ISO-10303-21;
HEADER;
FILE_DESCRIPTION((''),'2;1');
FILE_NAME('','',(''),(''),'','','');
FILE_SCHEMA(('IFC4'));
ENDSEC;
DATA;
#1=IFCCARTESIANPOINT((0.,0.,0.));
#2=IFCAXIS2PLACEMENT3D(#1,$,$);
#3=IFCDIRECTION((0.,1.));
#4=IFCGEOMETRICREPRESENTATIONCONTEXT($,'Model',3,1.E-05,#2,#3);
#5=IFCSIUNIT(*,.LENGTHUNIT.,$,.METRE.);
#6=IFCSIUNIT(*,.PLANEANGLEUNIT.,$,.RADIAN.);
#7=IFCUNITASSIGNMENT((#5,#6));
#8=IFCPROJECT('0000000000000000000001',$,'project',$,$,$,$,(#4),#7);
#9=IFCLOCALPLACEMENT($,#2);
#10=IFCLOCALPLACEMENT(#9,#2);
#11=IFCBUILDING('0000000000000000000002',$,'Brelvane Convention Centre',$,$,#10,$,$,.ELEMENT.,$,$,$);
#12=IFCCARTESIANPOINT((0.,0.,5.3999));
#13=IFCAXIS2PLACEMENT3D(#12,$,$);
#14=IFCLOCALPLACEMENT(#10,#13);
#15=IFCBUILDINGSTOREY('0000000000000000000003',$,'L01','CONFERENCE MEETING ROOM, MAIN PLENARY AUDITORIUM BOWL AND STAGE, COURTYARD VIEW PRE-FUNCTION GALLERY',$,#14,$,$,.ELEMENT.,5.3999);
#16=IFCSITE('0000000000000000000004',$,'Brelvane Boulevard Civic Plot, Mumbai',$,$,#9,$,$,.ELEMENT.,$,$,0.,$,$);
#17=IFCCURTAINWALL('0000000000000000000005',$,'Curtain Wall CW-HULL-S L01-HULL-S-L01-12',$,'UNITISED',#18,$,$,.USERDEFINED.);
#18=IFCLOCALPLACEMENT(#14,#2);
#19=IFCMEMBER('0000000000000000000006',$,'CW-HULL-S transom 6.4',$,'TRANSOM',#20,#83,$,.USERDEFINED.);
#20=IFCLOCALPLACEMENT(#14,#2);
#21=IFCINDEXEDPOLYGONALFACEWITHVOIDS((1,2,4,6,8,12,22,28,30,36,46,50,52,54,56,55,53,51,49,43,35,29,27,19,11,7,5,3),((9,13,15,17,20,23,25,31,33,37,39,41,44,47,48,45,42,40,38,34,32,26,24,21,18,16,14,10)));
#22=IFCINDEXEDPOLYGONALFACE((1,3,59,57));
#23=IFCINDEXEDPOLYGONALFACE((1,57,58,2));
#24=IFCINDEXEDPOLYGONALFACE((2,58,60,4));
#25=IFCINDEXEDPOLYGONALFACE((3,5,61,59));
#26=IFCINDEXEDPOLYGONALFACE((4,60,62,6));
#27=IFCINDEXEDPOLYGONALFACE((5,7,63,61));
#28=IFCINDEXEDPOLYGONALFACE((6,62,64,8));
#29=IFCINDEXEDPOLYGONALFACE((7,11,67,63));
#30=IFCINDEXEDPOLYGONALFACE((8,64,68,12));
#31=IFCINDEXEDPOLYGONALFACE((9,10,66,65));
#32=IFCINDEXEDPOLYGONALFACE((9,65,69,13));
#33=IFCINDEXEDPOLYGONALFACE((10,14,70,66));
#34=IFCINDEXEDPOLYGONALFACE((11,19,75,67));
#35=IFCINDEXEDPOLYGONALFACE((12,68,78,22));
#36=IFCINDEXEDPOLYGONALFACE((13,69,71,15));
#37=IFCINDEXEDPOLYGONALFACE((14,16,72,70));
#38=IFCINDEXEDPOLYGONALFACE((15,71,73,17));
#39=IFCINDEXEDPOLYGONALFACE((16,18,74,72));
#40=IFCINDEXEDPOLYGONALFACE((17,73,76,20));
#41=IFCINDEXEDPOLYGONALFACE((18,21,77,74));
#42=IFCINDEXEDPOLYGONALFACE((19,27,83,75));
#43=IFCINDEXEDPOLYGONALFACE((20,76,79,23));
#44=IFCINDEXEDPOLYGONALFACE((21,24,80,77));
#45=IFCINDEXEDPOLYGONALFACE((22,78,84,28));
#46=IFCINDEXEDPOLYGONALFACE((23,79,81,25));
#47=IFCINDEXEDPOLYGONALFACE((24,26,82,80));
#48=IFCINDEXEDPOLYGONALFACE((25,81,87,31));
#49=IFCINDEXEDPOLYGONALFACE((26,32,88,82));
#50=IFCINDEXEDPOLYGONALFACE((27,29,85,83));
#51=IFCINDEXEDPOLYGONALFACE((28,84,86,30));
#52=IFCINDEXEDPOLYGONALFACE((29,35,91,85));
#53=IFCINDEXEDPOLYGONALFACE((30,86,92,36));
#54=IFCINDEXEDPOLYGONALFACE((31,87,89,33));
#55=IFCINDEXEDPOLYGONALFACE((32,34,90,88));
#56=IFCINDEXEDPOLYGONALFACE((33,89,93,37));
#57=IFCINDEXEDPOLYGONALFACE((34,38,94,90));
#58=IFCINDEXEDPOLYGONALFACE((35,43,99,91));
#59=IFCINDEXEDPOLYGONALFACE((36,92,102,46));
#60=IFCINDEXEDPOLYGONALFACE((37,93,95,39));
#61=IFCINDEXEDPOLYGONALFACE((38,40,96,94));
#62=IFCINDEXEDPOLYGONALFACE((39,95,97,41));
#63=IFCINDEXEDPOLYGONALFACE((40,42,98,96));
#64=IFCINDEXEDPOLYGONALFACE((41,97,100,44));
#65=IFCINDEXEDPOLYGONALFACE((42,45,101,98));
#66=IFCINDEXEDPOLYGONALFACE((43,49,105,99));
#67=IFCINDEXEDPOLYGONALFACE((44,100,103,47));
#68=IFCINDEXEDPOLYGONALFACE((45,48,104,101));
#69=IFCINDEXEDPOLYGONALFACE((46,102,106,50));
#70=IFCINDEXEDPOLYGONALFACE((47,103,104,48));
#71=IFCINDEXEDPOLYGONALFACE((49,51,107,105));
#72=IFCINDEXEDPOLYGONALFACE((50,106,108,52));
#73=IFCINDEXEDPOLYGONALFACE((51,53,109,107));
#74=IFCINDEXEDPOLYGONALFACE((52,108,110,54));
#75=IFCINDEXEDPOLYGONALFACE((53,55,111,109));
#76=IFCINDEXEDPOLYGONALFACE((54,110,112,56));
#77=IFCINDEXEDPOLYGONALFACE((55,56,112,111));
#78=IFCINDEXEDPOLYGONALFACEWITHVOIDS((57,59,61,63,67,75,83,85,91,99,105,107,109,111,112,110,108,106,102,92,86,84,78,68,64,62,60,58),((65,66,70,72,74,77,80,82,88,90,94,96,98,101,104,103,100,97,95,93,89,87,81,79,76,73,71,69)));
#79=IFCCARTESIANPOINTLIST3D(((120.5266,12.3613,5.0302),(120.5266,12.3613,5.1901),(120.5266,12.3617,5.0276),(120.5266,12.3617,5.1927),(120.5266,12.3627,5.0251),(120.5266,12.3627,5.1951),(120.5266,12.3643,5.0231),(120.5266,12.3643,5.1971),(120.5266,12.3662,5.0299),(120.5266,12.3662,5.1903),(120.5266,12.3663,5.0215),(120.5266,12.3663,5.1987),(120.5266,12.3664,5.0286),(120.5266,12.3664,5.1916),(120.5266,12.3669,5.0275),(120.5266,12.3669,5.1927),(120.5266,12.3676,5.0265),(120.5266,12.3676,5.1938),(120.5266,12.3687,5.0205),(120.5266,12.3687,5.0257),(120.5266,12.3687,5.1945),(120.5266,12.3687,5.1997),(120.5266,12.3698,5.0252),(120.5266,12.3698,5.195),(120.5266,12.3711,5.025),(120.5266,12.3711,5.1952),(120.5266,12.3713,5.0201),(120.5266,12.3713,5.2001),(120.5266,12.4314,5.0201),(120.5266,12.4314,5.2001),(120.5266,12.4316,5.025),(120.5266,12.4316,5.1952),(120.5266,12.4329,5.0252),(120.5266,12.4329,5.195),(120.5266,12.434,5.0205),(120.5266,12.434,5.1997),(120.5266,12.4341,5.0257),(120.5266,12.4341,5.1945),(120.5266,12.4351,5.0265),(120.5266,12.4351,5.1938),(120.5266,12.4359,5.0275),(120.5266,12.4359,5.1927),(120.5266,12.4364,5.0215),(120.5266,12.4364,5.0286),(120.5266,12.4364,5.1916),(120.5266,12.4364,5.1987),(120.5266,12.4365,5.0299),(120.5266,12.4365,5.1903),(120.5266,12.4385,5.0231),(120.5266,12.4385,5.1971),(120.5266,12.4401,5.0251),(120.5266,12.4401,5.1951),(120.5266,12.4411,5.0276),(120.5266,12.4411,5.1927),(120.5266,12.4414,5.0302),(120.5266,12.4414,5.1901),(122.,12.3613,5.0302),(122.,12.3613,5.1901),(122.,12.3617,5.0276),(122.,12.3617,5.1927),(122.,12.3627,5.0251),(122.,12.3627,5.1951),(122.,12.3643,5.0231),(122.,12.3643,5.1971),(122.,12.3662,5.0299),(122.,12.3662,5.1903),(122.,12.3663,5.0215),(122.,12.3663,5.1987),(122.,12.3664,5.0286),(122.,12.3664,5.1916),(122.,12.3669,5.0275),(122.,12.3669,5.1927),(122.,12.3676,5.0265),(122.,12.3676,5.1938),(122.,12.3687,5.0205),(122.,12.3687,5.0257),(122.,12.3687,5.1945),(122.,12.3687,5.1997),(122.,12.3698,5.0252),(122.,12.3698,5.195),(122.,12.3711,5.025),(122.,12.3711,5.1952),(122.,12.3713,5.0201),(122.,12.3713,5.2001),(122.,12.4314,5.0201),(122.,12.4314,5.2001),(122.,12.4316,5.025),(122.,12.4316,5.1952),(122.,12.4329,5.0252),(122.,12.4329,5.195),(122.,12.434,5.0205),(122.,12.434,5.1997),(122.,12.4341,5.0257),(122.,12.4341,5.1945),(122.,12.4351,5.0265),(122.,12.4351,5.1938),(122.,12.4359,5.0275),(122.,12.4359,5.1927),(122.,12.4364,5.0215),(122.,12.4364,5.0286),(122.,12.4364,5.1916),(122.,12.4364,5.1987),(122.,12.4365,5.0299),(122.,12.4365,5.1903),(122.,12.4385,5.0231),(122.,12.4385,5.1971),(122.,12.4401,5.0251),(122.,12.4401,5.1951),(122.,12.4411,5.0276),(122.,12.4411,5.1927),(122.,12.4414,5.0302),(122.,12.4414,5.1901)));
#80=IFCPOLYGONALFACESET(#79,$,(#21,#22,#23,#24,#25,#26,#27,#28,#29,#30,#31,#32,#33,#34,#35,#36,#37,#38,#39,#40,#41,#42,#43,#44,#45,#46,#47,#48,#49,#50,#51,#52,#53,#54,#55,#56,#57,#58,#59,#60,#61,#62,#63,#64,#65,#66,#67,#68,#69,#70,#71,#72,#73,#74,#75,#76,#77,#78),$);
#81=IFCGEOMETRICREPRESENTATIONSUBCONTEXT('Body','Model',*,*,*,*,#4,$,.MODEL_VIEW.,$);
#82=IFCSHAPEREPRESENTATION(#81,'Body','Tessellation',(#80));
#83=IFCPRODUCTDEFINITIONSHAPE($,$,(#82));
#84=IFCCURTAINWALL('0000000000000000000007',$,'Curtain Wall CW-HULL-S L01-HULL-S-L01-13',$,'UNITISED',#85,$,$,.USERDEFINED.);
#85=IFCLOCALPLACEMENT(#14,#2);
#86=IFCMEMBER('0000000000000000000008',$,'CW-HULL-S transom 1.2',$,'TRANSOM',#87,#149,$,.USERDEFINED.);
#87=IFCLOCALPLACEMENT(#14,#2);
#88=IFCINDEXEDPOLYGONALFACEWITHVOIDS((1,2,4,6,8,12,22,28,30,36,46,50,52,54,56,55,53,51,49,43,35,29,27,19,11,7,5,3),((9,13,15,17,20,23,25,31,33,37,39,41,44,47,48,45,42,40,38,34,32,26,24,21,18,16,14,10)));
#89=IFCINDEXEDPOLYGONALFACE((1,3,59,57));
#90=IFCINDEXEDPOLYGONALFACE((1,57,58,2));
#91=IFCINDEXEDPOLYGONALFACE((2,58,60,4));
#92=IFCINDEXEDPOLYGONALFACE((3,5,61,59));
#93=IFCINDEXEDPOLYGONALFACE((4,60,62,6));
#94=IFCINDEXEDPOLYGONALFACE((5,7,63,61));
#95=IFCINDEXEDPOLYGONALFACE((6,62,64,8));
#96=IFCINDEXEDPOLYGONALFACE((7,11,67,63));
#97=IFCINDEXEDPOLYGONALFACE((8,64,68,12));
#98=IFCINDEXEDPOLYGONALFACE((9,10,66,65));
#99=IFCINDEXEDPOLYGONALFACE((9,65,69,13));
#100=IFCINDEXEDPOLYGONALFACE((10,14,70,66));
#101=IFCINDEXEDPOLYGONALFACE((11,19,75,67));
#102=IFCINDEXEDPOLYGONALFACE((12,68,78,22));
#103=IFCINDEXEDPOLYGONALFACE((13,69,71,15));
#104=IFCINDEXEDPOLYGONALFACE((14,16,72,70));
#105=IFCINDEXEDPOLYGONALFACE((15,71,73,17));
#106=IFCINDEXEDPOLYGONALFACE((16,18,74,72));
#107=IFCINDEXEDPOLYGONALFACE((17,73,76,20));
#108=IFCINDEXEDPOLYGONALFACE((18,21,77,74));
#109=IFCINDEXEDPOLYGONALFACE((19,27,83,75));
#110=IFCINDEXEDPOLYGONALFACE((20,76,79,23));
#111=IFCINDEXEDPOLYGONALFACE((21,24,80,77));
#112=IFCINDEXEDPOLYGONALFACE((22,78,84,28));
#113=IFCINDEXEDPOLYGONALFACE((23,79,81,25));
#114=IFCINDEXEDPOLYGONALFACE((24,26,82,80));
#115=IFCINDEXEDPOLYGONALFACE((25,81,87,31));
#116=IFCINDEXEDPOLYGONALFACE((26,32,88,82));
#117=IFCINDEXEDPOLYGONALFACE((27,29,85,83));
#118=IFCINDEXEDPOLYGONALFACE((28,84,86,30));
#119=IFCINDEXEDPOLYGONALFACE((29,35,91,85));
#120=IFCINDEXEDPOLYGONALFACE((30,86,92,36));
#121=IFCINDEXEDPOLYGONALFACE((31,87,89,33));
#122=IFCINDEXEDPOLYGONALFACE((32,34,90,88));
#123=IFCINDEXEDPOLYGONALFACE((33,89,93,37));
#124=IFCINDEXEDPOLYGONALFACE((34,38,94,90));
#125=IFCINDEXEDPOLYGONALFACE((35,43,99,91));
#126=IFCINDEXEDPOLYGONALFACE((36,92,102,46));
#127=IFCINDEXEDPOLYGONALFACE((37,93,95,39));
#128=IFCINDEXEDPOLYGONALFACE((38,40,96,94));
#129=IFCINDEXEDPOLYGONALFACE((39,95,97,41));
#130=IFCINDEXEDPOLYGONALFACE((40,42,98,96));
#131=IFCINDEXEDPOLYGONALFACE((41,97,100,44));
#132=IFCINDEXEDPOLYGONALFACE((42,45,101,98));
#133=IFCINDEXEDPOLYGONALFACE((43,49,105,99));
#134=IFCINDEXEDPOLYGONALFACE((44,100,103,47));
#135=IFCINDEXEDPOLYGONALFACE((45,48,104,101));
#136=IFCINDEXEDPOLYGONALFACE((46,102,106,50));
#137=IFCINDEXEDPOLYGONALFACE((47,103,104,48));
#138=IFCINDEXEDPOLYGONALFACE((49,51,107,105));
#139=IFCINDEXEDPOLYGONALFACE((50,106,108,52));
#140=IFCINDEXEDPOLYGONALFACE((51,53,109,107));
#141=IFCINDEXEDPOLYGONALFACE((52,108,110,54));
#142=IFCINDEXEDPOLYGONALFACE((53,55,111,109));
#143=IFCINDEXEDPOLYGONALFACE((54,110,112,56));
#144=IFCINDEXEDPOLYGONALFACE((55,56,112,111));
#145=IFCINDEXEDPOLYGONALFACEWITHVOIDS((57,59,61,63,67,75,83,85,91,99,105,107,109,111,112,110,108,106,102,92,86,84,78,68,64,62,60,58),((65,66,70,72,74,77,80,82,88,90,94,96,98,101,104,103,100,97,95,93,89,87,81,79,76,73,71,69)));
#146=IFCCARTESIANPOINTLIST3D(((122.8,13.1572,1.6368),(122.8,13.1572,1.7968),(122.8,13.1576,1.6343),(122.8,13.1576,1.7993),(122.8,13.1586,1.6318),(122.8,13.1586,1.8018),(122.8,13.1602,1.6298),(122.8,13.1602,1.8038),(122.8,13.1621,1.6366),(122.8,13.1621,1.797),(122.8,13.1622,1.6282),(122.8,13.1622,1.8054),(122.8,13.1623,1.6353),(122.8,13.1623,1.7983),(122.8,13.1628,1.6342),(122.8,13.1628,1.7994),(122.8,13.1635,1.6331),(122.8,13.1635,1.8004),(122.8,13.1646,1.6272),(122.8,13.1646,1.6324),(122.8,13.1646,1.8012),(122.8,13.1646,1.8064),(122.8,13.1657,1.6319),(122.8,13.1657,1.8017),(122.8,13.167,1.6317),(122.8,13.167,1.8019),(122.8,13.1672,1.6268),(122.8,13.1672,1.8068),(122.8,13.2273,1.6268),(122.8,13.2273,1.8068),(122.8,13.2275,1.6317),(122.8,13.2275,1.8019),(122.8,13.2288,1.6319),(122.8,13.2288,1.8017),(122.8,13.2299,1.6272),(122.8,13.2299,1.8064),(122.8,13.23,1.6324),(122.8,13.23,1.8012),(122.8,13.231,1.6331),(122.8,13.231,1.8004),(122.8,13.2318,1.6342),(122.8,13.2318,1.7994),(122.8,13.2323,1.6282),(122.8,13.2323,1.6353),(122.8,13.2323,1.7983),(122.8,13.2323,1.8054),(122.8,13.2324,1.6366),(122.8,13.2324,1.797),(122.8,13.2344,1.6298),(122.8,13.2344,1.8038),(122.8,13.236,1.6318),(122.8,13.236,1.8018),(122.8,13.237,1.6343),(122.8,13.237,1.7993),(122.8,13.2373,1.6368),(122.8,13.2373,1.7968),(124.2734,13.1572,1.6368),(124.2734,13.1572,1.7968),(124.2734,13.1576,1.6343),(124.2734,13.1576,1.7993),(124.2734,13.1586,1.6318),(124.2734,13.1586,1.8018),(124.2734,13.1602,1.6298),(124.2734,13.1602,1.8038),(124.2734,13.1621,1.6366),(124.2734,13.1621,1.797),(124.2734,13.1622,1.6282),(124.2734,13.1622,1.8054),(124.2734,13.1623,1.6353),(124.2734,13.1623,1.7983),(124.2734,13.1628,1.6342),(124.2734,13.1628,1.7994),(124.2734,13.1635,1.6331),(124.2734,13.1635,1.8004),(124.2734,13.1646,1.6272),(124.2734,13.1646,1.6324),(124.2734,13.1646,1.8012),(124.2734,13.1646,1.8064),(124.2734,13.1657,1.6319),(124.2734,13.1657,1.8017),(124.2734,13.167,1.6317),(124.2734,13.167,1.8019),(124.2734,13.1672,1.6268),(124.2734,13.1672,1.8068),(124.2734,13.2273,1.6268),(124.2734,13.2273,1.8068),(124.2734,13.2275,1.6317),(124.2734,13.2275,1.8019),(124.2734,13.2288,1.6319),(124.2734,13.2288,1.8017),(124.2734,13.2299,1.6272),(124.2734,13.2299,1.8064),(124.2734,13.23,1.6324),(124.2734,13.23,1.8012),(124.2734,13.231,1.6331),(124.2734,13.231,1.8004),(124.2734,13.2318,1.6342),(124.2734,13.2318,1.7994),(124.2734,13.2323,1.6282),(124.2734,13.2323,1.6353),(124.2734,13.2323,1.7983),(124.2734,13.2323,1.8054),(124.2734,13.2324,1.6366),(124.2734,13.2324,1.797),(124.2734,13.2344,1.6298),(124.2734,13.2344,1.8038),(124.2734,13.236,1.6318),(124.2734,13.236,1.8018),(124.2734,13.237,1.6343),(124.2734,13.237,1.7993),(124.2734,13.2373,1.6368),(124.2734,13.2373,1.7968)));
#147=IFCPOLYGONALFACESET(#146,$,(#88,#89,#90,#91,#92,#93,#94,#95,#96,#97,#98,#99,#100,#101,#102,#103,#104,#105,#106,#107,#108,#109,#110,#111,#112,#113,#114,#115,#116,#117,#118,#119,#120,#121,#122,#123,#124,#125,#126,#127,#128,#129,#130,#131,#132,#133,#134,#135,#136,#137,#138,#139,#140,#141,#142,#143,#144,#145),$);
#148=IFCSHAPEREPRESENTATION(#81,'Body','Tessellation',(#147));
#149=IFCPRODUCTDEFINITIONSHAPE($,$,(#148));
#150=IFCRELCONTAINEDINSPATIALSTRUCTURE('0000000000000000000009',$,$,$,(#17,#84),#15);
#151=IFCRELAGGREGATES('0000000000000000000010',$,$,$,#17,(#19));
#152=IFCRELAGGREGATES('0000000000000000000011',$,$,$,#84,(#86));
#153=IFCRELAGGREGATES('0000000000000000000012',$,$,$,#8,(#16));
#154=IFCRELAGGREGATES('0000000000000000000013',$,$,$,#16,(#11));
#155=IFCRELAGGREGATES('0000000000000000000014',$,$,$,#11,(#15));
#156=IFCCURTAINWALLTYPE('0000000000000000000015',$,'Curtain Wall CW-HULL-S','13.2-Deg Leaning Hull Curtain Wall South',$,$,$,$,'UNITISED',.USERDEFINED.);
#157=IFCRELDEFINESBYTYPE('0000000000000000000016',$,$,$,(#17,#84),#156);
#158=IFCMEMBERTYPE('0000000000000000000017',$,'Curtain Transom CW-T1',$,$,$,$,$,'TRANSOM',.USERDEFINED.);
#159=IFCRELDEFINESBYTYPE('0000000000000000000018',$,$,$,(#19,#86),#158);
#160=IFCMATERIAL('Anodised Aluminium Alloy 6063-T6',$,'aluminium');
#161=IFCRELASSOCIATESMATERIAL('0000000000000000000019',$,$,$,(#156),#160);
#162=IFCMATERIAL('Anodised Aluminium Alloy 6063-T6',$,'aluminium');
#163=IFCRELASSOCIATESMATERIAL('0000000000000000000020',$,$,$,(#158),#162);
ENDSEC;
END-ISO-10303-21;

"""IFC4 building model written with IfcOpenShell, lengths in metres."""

from ifc_helpers import new_model, si_unit, direction, frame, origin, origin_2d, place, context, subcontext, project, spatial, hollow_rectangle, extrude, material, material_profile, profile_set, type_object, element, aggregate, save


model = new_model("IFC4")

# Units and contexts
model_context = context("Model", 3, precision=1e-05, world=origin(), true_north=direction((0.0, 1.0)))
body_context = subcontext(model_context, "Body", "Model", "MODEL_VIEW")
ifc_project = project(units=[si_unit("LENGTHUNIT", "METRE"), si_unit("PLANEANGLEUNIT", "RADIAN")], contexts=[model_context])

# Site, building, storey
site_placement = place(None, origin())
site = spatial("IfcSite", under=ifc_project, at=site_placement, Name="Brelvane Boulevard Civic Plot, Mumbai", CompositionType="ELEMENT", RefElevation=0.0)
building_placement = place(site_placement, origin())
building = spatial("IfcBuilding", under=site, at=building_placement, Name="Brelvane Convention Centre", CompositionType="ELEMENT")
storey_placement = place(building_placement, frame((0.0, 0.0, 5.3999)))
storey = spatial("IfcBuildingStorey", under=building, at=storey_placement, Name="L01", Description="CONFERENCE MEETING ROOM, MAIN PLENARY AUDITORIUM BOWL AND STAGE, COURTYARD VIEW PRE-FUNCTION GALLERY", CompositionType="ELEMENT", Elevation=5.3999)

# Curtain walls, members
ifc_material_1 = material(Name="Anodised Aluminium Alloy 6063-T6", Category="aluminium")
curtain_wall_type = type_object("IfcCurtainWallType", Name="Curtain Wall CW-HULL-S", Description="13.2-Deg Leaning Hull Curtain Wall South", ElementType="UNITISED", PredefinedType="USERDEFINED", material=ifc_material_1)
curtain_wall_1_placement = place(storey_placement, origin())
curtain_wall_1 = element("IfcCurtainWall", 1, at=curtain_wall_1_placement, inside=storey, type_object=curtain_wall_type, Name="Curtain Wall CW-HULL-S L01-HULL-S-L01-12", ObjectType="UNITISED", PredefinedType="USERDEFINED")
ifc_material_2 = material(Name="Anodised Aluminium Alloy 6063-T6", Category="aluminium")
ifc_material_profile = material_profile(ifc_material_2, hollow_rectangle(XDim=0.0801, YDim=0.1799, WallThickness=0.0049, InnerFilletRadius=0.0049, OuterFilletRadius=0.01, at=origin_2d()), Name="ALU-T 180x80x5.0")
ifc_profile_set = profile_set([ifc_material_profile], Name="Anodised Aluminium Alloy 6063-T6")
member_type = type_object("IfcMemberType", Name="Curtain Transom CW-T1", ElementType="TRANSOM", PredefinedType="USERDEFINED", material=ifc_profile_set)
member_1_placement = place(storey_placement, frame((120.5266, 12.4014, 5.1101), z_axis=(1.0, 0.0, 0.0), x_axis=(0.0, 1.0, 0.0)))
member_1 = element("IfcMember", 2, at=member_1_placement, type_object=member_type, Name="CW-HULL-S transom 6.4", ObjectType="TRANSOM", PredefinedType="USERDEFINED", context=body_context, shape_type="SweptSolid", body=[
    extrude(hollow_rectangle(XDim=0.0801, YDim=0.1799, WallThickness=0.0049, InnerFilletRadius=0.0049, OuterFilletRadius=0.01, at=origin_2d()), origin(), (0.0, 0.0, 1.0), 1.4734),
])
curtain_wall_2_placement = place(storey_placement, origin())
curtain_wall_2 = element("IfcCurtainWall", 3, at=curtain_wall_2_placement, inside=storey, type_object=curtain_wall_type, Name="Curtain Wall CW-HULL-S L01-HULL-S-L01-13", ObjectType="UNITISED", PredefinedType="USERDEFINED")
member_2_placement = place(storey_placement, frame((122.8, 13.1973, 1.7168), z_axis=(1.0, 0.0, 0.0), x_axis=(0.0, 1.0, 0.0)))
member_2 = element("IfcMember", 4, at=member_2_placement, type_object=member_type, Name="CW-HULL-S transom 1.2", ObjectType="TRANSOM", PredefinedType="USERDEFINED", context=body_context, shape_type="SweptSolid", body=[
    extrude(hollow_rectangle(XDim=0.0801, YDim=0.1799, WallThickness=0.0049, InnerFilletRadius=0.0049, OuterFilletRadius=0.01, at=origin_2d()), origin(), (0.0, 0.0, 1.0), 1.4734),
])

aggregate(curtain_wall_1, [member_1])
aggregate(curtain_wall_2, [member_2])

save(model, "model.ifc")
